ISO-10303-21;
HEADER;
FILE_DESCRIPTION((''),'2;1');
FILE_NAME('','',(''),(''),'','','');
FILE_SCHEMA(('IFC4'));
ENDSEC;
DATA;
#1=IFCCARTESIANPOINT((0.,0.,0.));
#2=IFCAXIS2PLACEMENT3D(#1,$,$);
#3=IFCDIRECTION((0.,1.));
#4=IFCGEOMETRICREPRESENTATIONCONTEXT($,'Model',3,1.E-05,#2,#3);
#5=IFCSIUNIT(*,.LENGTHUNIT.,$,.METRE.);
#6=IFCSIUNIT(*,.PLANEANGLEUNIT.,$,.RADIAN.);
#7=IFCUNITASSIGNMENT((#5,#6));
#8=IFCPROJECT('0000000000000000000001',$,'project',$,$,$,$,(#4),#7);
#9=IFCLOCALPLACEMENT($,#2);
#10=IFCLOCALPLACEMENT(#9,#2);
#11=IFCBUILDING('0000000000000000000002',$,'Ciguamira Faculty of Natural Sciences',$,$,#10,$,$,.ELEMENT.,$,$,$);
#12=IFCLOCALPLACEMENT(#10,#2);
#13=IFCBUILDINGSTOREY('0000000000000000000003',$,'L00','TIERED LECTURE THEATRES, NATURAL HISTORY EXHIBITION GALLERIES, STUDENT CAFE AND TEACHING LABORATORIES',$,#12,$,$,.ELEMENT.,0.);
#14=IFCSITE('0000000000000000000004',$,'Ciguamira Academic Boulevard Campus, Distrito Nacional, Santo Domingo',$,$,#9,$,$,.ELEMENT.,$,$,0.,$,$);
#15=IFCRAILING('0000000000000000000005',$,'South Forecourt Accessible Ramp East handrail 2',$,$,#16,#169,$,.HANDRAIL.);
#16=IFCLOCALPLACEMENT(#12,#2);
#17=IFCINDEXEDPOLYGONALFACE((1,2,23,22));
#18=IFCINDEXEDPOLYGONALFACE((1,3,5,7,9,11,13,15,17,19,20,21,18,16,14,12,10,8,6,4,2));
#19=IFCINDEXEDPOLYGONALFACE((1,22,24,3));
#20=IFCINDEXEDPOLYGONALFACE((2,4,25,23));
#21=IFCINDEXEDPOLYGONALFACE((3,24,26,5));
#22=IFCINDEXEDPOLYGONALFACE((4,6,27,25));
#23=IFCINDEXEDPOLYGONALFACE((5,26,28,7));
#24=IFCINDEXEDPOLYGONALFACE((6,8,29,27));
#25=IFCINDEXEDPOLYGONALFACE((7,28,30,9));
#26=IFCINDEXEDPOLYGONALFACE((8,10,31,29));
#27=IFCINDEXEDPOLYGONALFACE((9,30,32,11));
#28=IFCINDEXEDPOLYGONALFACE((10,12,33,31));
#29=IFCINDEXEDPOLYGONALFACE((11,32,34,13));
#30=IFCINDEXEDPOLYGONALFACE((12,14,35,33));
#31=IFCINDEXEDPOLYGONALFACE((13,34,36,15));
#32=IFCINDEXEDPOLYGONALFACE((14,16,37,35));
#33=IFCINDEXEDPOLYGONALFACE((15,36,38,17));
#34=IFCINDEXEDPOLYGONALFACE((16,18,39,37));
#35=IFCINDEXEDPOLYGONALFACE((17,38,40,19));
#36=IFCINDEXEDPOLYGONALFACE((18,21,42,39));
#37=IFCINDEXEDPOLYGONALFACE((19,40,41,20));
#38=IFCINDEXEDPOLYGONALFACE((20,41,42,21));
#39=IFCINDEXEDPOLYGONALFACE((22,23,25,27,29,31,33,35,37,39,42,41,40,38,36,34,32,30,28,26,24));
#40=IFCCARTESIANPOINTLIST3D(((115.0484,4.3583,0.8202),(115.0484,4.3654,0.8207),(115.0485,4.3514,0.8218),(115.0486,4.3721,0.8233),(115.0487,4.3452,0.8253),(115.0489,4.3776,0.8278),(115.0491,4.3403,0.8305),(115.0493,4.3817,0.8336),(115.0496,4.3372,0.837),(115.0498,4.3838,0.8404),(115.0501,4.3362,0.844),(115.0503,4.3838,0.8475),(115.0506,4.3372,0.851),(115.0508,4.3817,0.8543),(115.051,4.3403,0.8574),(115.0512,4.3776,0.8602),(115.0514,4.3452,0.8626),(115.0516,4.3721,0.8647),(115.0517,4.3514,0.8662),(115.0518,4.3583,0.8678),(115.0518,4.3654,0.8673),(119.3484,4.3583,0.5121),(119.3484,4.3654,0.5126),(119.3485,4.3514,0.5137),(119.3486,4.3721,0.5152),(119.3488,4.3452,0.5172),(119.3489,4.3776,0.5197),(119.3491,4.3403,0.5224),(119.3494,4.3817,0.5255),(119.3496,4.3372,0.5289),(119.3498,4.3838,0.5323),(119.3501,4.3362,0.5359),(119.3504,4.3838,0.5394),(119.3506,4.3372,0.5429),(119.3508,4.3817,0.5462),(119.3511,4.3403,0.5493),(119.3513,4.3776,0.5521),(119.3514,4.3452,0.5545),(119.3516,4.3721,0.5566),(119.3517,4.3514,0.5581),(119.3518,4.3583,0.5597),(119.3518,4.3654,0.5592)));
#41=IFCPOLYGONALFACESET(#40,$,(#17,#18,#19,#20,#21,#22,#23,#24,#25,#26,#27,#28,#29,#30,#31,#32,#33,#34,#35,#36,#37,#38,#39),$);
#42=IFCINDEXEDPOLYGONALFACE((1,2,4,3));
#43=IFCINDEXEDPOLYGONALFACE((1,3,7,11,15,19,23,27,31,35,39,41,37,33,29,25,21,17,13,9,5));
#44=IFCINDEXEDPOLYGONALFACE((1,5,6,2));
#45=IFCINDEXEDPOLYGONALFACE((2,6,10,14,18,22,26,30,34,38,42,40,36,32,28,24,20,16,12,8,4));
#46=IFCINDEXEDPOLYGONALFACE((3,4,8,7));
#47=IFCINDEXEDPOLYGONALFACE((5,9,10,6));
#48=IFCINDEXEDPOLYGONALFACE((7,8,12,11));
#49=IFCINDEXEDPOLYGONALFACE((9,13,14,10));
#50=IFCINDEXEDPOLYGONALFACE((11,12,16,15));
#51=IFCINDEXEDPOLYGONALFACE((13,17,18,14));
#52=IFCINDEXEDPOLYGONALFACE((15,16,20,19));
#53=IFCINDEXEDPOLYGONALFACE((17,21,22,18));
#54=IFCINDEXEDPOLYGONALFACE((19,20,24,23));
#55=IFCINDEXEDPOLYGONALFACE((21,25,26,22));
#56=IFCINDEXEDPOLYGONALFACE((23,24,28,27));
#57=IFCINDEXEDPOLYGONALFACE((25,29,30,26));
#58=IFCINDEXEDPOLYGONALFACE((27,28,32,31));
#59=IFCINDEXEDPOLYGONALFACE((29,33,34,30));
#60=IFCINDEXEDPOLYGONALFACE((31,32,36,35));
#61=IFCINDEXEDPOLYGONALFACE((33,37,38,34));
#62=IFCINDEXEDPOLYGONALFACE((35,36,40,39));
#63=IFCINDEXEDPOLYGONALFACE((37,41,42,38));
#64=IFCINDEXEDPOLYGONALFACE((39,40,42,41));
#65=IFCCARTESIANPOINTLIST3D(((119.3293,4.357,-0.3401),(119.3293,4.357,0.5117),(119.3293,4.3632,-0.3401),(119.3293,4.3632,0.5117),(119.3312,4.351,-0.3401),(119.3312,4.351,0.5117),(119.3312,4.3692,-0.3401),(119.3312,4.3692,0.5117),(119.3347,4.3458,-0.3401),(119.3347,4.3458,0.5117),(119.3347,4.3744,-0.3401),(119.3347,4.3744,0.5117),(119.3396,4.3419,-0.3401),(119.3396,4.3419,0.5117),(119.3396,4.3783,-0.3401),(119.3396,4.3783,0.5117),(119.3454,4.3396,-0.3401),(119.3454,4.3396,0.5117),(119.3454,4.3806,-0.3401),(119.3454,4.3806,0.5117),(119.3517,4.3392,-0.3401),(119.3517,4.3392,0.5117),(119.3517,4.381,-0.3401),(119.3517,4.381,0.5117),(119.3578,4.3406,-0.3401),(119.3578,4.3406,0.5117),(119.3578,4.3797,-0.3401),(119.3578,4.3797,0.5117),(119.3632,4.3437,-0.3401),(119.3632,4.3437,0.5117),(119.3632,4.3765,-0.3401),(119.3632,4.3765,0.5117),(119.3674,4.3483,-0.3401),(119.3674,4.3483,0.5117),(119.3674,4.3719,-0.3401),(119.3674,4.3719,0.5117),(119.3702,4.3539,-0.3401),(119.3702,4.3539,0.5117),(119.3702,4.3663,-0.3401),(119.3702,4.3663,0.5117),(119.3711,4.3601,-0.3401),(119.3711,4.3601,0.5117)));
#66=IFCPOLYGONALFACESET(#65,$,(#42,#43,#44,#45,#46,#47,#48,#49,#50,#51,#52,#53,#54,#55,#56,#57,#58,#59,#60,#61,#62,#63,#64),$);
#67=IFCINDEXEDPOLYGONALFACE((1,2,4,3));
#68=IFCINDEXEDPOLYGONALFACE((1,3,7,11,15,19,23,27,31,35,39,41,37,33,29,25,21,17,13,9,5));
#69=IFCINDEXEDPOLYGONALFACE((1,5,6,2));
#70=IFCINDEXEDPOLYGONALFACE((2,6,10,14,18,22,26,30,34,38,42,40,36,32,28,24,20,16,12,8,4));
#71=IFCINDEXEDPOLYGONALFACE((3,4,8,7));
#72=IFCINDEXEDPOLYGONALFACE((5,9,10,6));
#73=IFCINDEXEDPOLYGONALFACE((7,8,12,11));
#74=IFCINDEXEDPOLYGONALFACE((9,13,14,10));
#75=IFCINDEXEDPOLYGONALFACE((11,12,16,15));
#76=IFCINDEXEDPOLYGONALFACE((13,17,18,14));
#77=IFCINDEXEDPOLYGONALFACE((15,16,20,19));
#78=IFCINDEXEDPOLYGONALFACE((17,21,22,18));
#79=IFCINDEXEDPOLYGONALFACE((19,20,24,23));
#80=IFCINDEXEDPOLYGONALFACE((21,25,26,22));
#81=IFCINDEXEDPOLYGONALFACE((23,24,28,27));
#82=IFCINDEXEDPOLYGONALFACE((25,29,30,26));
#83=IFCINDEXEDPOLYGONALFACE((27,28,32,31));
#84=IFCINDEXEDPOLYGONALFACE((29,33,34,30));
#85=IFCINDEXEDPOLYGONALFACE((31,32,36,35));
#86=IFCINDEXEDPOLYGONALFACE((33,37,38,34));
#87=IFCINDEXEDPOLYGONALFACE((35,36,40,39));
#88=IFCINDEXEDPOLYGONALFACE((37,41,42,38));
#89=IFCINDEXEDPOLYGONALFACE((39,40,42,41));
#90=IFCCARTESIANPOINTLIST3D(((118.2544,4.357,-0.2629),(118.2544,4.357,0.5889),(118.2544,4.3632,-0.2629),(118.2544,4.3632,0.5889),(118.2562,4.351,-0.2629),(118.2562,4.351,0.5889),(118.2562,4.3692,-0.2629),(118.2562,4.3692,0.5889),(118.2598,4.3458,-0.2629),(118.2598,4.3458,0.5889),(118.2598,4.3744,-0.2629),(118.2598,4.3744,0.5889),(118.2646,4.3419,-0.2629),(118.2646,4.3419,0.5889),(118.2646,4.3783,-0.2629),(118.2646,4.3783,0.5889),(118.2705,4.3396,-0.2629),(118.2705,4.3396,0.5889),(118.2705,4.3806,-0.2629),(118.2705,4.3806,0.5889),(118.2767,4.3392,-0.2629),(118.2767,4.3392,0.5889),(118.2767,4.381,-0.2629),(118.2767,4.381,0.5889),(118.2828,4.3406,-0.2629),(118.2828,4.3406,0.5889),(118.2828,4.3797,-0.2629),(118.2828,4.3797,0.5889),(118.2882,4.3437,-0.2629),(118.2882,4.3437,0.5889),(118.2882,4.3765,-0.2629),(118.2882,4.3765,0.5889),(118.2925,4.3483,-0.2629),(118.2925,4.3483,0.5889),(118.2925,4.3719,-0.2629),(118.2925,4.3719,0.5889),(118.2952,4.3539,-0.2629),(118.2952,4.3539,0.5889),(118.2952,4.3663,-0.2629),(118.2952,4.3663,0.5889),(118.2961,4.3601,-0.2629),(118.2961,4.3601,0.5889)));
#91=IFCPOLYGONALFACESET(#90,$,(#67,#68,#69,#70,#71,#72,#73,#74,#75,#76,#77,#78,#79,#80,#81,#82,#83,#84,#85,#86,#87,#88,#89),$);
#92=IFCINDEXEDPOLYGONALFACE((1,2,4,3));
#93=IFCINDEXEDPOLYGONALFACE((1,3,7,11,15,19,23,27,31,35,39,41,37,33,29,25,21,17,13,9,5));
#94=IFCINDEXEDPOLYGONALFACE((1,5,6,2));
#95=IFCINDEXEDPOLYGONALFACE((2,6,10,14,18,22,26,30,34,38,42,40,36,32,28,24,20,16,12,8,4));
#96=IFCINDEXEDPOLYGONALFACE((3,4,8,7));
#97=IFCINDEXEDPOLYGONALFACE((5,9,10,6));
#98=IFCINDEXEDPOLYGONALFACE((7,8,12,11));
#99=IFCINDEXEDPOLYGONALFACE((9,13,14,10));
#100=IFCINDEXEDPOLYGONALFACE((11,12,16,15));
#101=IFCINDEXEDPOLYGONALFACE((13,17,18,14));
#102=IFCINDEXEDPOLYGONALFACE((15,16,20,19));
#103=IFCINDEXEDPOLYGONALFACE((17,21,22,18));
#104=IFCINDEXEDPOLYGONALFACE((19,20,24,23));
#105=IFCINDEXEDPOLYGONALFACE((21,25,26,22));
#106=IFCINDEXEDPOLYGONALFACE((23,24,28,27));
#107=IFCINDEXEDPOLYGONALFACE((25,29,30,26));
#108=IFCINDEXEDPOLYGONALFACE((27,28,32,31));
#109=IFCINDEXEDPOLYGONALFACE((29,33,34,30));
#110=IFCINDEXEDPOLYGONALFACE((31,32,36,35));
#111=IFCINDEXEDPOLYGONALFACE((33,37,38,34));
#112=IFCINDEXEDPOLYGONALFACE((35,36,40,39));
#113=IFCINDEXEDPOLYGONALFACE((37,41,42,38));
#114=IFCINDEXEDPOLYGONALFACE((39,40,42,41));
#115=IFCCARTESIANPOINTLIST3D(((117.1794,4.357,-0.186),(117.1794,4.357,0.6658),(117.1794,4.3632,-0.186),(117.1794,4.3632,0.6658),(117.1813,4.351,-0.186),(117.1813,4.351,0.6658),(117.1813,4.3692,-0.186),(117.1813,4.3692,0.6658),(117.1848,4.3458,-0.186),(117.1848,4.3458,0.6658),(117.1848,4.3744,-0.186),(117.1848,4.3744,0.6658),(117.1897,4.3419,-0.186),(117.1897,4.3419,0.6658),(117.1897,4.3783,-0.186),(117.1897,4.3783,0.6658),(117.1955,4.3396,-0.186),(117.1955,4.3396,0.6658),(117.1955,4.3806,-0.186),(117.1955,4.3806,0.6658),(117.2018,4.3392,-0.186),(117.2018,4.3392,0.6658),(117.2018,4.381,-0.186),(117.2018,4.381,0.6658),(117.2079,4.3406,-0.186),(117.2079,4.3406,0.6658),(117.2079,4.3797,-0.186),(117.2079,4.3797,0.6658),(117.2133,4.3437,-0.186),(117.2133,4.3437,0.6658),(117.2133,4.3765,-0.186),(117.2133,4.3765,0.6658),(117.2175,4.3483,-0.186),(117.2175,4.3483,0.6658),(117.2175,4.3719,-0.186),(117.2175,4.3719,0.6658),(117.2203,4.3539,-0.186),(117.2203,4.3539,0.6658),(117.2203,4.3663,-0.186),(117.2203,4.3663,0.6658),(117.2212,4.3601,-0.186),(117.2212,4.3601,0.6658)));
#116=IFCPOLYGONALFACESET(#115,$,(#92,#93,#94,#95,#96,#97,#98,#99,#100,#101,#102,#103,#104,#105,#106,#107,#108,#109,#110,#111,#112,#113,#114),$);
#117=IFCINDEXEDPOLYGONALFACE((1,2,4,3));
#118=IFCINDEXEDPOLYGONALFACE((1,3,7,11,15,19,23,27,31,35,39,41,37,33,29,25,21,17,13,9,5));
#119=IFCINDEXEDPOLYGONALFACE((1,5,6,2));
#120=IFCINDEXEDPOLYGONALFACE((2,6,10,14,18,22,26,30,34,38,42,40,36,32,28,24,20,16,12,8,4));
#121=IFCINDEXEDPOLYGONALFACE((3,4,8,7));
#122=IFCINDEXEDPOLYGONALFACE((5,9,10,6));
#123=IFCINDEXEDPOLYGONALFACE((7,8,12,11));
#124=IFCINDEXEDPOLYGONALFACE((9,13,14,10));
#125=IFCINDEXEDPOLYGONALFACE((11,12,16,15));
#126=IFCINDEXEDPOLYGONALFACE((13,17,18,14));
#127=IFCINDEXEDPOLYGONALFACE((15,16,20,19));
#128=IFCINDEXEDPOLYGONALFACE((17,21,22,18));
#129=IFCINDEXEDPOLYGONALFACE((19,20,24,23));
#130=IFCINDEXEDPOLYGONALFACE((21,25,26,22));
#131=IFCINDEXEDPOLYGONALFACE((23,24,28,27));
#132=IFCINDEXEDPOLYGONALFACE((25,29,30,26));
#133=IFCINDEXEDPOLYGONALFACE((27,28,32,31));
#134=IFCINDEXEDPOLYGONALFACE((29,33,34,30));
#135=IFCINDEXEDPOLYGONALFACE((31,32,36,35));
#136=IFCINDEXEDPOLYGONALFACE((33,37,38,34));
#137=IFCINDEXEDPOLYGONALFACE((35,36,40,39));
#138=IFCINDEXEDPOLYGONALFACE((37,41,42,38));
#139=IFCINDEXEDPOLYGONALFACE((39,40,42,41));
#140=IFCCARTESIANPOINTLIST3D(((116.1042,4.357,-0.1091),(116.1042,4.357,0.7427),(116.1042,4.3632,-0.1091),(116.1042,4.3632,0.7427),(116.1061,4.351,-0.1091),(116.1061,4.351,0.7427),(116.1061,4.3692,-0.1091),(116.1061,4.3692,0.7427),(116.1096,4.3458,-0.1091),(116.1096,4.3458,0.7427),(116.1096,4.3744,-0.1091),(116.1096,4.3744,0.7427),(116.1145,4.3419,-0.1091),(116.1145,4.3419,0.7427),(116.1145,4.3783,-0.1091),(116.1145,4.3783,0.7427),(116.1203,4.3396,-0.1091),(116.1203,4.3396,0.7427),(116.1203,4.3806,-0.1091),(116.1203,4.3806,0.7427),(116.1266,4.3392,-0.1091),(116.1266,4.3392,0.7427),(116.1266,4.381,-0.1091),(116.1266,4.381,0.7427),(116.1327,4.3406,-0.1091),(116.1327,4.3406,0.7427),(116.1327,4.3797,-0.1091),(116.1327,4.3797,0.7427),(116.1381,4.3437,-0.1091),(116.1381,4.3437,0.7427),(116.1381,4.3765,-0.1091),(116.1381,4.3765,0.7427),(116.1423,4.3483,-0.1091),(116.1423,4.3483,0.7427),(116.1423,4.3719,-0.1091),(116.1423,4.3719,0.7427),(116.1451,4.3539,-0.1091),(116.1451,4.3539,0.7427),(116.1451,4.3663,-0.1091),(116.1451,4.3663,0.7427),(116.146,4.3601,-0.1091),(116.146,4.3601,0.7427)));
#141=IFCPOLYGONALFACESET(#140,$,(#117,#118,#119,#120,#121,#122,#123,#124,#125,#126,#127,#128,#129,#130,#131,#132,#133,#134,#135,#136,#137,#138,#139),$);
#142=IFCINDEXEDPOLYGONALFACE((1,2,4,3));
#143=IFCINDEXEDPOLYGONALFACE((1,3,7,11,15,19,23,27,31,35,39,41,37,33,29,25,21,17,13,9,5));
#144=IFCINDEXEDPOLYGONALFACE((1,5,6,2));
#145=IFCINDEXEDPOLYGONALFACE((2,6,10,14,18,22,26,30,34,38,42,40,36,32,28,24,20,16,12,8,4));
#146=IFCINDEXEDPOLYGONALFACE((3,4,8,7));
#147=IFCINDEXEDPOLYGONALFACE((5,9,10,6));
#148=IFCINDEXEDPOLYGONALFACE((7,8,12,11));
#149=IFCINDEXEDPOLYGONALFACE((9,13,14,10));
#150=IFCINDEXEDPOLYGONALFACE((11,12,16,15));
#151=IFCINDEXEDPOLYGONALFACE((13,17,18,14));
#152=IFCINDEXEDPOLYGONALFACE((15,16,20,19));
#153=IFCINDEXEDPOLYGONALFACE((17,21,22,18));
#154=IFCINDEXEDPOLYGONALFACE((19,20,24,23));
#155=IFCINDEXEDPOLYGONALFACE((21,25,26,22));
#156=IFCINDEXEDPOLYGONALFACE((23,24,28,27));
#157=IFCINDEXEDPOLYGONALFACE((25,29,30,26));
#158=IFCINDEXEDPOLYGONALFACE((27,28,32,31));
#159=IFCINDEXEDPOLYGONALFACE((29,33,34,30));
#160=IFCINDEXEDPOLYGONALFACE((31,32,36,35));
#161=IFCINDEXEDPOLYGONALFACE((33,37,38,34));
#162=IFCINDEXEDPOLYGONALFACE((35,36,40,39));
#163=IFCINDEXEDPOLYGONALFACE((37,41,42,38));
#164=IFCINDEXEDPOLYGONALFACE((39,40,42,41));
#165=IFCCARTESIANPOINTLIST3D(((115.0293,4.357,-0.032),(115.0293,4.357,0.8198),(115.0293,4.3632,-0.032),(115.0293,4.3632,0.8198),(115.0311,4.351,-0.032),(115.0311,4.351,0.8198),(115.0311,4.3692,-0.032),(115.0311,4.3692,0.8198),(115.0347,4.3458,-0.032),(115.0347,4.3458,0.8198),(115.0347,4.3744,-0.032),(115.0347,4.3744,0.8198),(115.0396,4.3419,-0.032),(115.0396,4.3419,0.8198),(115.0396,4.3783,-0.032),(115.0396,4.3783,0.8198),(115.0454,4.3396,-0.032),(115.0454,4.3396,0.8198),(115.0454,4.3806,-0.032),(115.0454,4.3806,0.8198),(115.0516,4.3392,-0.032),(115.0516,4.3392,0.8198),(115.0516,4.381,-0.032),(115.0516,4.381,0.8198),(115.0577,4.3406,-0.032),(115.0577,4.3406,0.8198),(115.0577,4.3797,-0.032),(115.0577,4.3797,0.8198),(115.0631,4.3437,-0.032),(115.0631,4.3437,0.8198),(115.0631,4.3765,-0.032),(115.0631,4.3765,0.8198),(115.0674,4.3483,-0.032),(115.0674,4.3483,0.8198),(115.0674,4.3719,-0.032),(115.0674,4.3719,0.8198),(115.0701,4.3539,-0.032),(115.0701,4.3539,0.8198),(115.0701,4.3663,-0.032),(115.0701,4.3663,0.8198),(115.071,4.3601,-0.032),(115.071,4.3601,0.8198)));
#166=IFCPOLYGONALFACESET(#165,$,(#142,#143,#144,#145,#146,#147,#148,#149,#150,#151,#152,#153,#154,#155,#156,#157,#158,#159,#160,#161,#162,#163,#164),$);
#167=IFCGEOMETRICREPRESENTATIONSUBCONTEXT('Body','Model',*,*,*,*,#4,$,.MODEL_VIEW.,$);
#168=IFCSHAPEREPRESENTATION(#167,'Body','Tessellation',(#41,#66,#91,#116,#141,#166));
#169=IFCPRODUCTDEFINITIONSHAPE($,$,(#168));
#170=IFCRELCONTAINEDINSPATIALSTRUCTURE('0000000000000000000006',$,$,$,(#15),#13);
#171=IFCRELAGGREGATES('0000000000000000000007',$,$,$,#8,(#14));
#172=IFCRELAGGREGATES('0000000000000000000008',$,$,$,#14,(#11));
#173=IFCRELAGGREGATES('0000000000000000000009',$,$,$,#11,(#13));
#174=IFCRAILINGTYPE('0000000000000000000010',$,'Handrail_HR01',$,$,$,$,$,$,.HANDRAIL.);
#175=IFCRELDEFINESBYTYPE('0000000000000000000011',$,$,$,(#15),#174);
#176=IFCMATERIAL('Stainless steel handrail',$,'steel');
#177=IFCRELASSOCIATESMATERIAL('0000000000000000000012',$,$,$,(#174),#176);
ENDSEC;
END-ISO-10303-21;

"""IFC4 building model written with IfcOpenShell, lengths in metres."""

from ifc_helpers import new_model, si_unit, direction, frame, origin, origin_2d, place, context, subcontext, project, spatial, circle, extrude, material, type_object, element, save


model = new_model("IFC4")

# Units and contexts
model_context = context("Model", 3, precision=1e-05, world=origin(), true_north=direction((0.0, 1.0)))
body_context = subcontext(model_context, "Body", "Model", "MODEL_VIEW")
ifc_project = project(units=[si_unit("LENGTHUNIT", "METRE"), si_unit("PLANEANGLEUNIT", "RADIAN")], contexts=[model_context])

# Site, building, storey
site_placement = place(None, origin())
site = spatial("IfcSite", under=ifc_project, at=site_placement, Name="Ciguamira Academic Boulevard Campus, Distrito Nacional, Santo Domingo", CompositionType="ELEMENT", RefElevation=0.0)
building_placement = place(site_placement, origin())
building = spatial("IfcBuilding", under=site, at=building_placement, Name="Ciguamira Faculty of Natural Sciences", CompositionType="ELEMENT")
storey_placement = place(building_placement, origin())
storey = spatial("IfcBuildingStorey", under=building, at=storey_placement, Name="L00", Description="TIERED LECTURE THEATRES, NATURAL HISTORY EXHIBITION GALLERIES, STUDENT CAFE AND TEACHING LABORATORIES", CompositionType="ELEMENT", Elevation=0.0)

# Railing
ifc_material_1 = material(Name="Stainless steel handrail", Category="steel")
railing_type_1 = type_object("IfcRailingType", Name="Handrail_HR01", PredefinedType="HANDRAIL", material=ifc_material_1)
for number, where, name in (
    (1, (119.3501, 4.3601, -0.3401), "South Forecourt Accessible Ramp East handrail 2"),
):
    element("IfcRailing", number, at=place(storey_placement, frame(where)), inside=storey, type_object=railing_type_1, Name=name, PredefinedType="HANDRAIL", context=body_context, shape_type="SweptSolid", body=[
        extrude(circle(Radius=0.0239, at=origin_2d()), frame((0.0, 0.0, 0.876), z_axis=(-0.997443, 0.0, 0.071468), x_axis=(0.0, -1.0, 0.0)), (0.0, 0.0, 1.0), 4.311),
        extrude(circle(Radius=0.021, at=origin_2d()), origin(), (0.0, 0.0, 1.0), 0.8518),
        extrude(circle(Radius=0.021, at=origin_2d()), frame((-1.075, 0.0, 0.0771)), (0.0, 0.0, 1.0), 0.8518),
        extrude(circle(Radius=0.021, at=origin_2d()), frame((-2.1499, 0.0, 0.1541)), (0.0, 0.0, 1.0), 0.8518),
        extrude(circle(Radius=0.021, at=origin_2d()), frame((-3.2251, 0.0, 0.231)), (0.0, 0.0, 1.0), 0.8518),
        extrude(circle(Radius=0.021, at=origin_2d()), frame((-4.3, 0.0, 0.3081)), (0.0, 0.0, 1.0), 0.8518),
    ])

save(model, "model.ifc")
